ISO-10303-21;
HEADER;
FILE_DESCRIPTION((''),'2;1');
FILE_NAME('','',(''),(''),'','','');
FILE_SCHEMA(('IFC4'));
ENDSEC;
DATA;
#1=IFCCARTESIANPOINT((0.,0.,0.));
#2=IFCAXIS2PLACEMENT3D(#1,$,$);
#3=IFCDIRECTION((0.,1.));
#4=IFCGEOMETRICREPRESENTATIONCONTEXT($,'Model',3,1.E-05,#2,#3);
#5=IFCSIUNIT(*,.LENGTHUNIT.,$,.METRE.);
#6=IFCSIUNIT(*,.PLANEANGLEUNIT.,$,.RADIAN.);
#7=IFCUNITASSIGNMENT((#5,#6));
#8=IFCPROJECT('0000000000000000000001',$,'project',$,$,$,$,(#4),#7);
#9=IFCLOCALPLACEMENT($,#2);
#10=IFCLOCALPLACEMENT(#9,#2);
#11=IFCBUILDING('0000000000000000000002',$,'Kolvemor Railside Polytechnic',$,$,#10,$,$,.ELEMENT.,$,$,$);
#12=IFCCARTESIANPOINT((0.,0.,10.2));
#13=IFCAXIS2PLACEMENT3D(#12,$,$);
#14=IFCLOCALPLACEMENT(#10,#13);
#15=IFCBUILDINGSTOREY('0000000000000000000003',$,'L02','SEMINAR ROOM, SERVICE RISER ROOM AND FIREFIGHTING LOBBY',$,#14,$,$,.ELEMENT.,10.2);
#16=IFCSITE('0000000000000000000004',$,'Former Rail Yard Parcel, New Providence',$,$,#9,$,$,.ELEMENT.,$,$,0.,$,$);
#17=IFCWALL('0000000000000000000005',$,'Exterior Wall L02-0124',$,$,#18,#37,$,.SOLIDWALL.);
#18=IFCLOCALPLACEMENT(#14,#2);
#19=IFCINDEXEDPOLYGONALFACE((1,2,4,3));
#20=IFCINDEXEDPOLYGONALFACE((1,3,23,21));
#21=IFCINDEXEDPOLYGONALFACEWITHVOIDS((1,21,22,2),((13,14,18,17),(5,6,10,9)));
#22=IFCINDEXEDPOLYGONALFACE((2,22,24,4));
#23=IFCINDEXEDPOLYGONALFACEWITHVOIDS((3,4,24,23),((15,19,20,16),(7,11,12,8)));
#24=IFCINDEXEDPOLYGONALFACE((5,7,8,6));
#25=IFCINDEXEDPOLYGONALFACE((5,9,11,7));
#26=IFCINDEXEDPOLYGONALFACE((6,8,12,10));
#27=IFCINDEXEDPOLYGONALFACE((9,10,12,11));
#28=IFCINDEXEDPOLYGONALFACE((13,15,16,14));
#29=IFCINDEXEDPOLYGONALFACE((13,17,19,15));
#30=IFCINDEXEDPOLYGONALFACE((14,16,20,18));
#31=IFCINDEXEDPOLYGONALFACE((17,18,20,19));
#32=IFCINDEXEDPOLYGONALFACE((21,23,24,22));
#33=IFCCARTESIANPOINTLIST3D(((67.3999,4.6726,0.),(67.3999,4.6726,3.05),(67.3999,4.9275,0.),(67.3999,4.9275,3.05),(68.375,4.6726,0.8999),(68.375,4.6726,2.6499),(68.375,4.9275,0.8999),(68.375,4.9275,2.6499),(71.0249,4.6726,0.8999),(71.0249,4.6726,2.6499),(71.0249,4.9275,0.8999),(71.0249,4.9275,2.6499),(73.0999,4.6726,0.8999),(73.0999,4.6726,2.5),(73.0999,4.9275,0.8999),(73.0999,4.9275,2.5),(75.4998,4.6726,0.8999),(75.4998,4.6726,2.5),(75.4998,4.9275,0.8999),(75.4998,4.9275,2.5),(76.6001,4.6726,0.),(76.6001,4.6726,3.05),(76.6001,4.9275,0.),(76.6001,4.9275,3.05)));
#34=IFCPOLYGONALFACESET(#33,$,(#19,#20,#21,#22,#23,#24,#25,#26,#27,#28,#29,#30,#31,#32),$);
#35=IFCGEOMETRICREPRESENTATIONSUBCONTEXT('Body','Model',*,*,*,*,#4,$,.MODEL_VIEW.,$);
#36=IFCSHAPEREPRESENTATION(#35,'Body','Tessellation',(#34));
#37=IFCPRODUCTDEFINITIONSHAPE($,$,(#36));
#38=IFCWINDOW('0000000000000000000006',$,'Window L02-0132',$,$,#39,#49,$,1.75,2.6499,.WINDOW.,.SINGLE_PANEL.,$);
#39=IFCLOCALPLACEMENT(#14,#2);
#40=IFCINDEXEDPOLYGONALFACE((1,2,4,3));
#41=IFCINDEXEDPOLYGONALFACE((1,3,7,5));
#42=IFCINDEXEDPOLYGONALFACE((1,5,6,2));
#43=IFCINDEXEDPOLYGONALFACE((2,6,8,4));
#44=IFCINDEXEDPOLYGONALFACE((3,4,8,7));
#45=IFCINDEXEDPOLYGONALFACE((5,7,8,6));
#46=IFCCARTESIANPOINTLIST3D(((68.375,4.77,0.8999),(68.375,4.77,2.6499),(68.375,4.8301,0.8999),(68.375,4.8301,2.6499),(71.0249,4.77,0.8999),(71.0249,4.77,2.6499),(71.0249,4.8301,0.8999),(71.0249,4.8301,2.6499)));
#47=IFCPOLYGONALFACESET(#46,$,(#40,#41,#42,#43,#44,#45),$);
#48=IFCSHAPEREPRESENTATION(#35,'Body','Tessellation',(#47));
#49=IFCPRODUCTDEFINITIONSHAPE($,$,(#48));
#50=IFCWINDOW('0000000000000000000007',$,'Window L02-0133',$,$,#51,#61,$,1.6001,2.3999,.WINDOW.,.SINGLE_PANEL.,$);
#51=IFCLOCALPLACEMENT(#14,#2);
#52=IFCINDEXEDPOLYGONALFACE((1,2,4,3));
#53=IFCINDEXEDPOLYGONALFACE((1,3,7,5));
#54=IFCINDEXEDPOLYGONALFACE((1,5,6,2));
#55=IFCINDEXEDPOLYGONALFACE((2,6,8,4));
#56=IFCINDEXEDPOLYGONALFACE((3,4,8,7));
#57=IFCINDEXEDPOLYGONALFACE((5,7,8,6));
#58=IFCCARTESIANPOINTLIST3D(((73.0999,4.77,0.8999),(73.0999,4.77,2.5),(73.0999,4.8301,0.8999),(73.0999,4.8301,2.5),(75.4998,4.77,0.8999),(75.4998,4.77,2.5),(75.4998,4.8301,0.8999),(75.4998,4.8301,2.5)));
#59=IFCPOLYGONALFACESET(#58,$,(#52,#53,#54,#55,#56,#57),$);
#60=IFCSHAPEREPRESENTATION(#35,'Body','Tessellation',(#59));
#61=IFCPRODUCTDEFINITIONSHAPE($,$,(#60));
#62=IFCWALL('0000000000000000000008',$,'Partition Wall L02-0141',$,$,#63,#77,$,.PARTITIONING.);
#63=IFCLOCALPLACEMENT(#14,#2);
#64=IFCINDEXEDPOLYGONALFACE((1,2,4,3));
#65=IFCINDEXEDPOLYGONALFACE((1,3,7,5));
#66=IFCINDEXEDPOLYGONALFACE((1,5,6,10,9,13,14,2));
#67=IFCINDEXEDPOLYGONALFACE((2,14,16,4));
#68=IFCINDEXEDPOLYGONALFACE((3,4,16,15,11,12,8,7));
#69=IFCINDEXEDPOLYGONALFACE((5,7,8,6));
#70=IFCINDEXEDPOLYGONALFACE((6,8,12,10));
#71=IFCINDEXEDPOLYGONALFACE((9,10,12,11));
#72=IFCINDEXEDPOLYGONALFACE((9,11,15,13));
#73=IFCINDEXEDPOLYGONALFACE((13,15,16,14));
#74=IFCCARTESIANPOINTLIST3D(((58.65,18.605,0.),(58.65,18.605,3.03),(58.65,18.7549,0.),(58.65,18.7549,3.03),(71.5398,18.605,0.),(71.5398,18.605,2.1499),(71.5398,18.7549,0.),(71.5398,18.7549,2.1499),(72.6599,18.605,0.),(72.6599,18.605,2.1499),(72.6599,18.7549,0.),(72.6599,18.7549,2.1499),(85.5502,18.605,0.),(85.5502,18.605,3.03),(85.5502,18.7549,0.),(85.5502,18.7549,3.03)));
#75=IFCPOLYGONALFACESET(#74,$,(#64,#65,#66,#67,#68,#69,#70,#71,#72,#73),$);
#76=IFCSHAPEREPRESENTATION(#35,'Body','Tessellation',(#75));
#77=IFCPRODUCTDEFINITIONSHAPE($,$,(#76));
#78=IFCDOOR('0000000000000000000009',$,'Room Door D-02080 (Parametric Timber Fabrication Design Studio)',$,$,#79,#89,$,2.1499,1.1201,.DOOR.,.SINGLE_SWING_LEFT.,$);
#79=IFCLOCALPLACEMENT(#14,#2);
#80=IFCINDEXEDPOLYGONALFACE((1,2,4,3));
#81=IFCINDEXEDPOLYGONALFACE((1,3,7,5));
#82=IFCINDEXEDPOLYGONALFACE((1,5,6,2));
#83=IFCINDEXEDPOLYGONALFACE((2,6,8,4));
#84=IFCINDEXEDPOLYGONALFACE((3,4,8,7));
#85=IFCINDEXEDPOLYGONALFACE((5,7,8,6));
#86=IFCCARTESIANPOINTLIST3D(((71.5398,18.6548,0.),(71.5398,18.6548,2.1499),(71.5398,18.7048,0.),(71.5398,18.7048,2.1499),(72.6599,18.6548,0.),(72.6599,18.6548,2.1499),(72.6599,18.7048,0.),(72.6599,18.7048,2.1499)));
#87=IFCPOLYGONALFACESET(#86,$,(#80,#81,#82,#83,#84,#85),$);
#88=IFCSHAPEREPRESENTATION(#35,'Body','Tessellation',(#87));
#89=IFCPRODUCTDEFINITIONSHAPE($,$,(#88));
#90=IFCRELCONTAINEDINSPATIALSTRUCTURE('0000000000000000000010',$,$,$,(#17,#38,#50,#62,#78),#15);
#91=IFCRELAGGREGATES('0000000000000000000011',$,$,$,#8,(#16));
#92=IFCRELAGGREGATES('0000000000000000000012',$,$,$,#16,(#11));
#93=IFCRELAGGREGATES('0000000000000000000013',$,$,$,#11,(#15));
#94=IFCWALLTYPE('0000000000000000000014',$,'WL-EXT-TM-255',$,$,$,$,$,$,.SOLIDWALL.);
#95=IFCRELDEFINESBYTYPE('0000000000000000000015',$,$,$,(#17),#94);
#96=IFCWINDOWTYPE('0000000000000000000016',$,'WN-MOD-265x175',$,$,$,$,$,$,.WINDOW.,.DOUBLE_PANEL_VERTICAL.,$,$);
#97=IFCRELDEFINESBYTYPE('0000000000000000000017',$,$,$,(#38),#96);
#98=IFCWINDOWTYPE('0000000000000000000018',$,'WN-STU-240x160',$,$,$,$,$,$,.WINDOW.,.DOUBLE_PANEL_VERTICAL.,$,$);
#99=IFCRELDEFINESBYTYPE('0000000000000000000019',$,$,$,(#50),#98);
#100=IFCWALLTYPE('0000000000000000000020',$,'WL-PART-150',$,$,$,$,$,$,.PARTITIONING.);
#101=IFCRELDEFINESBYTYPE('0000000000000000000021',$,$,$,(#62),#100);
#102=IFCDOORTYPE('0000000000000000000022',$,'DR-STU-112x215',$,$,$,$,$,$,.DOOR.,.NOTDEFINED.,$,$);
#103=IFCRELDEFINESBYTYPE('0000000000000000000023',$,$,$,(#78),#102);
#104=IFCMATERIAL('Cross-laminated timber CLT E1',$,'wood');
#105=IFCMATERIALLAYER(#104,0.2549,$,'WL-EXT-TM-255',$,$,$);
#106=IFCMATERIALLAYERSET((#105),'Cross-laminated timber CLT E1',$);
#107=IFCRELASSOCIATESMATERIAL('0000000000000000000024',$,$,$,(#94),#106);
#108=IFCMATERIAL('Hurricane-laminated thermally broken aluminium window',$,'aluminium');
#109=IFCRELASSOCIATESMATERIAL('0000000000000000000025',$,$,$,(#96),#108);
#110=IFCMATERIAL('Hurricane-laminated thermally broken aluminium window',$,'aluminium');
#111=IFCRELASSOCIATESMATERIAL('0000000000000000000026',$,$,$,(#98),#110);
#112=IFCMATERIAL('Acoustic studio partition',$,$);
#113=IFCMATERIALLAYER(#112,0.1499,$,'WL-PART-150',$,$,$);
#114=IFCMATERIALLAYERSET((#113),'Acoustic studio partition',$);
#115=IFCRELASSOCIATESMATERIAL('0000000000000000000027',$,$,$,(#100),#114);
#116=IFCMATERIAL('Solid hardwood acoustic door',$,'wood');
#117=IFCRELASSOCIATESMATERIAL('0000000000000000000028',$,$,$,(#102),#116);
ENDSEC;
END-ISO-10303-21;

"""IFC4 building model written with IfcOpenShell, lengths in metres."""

from ifc_helpers import new_model, si_unit, direction, frame, frame_2d, origin, place, context, subcontext, project, spatial, rectangle, extrude, material, layer, layer_set, type_object, element, fill, save


model = new_model("IFC4")

# Units and contexts
model_context = context("Model", 3, precision=1e-05, world=origin(), true_north=direction((0.0, 1.0)))
body_context = subcontext(model_context, "Body", "Model", "MODEL_VIEW")
ifc_project = project(units=[si_unit("LENGTHUNIT", "METRE"), si_unit("PLANEANGLEUNIT", "RADIAN")], contexts=[model_context])

# Site, building, storey
site_placement = place(None, origin())
site = spatial("IfcSite", under=ifc_project, at=site_placement, Name="Former Rail Yard Parcel, New Providence", CompositionType="ELEMENT", RefElevation=0.0)
building_placement = place(site_placement, origin())
building = spatial("IfcBuilding", under=site, at=building_placement, Name="Kolvemor Railside Polytechnic", CompositionType="ELEMENT")
storey_placement = place(building_placement, frame((0.0, 0.0, 10.2)))
storey = spatial("IfcBuildingStorey", under=building, at=storey_placement, Name="L02", Description="SEMINAR ROOM, SERVICE RISER ROOM AND FIREFIGHTING LOBBY", CompositionType="ELEMENT", Elevation=10.2)

# Wall, openings, windows
ifc_material_1 = material(Name="Cross-laminated timber CLT E1", Category="wood")
ifc_layer_1 = layer(ifc_material_1, 0.2549, Name="WL-EXT-TM-255")
ifc_layer_set_1 = layer_set([ifc_layer_1], Name="Cross-laminated timber CLT E1")
wall_type_1 = type_object("IfcWallType", Name="WL-EXT-TM-255", PredefinedType="SOLIDWALL", material=ifc_layer_set_1)
wall_1_placement = place(storey_placement, frame((67.3999, 4.8, 0.0), z_axis=(0.0, 0.0, 1.0), x_axis=(1.0, 0.0, 0.0)))
wall_1 = element("IfcWall", 1, at=wall_1_placement, inside=storey, type_object=wall_type_1, Name="Exterior Wall L02-0124", PredefinedType="SOLIDWALL", context=body_context, shape_type="SweptSolid", body=[
    extrude(rectangle(XDim=9.2002, YDim=0.2549, at=frame_2d((4.6001, 0.0))), origin(), (0.0, 0.0, 1.0), 3.05),
])
opening_1_placement = place(wall_1_placement, frame((0.9751, 0.0, 0.8999)))
opening_1 = element("IfcOpeningElement", 2, at=opening_1_placement, cuts=wall_1, PredefinedType="OPENING", context=body_context, shape_type="SweptSolid", body=[
    extrude(rectangle(XDim=2.6499, YDim=1.75, at=frame_2d((1.325, 0.875))), frame((0.0, 0.1375, 0.0), z_axis=(0.0, -1.0, 0.0), x_axis=(1.0, 0.0, 0.0)), (0.0, 0.0, 1.0), 0.2749),
])
opening_2_placement = place(wall_1_placement, frame((5.7, 0.0, 0.8999)))
opening_2 = element("IfcOpeningElement", 3, at=opening_2_placement, cuts=wall_1, PredefinedType="OPENING", context=body_context, shape_type="SweptSolid", body=[
    extrude(rectangle(XDim=2.3999, YDim=1.6001, at=frame_2d((1.2, 0.8))), frame((0.0, 0.1375, 0.0), z_axis=(0.0, -1.0, 0.0), x_axis=(1.0, 0.0, 0.0)), (0.0, 0.0, 1.0), 0.2749),
])
ifc_material_2 = material(Name="Hurricane-laminated thermally broken aluminium window", Category="aluminium")
window_type_1 = type_object("IfcWindowType", Name="WN-MOD-265x175", PartitioningType="DOUBLE_PANEL_VERTICAL", PredefinedType="WINDOW", material=ifc_material_2)
window_1_placement = place(opening_1_placement, origin())
window_1 = element("IfcWindow", 4, at=window_1_placement, inside=storey, type_object=window_type_1, Name="Window L02-0132", OverallHeight=1.75, OverallWidth=2.6499, PartitioningType="SINGLE_PANEL", PredefinedType="WINDOW", context=body_context, shape_type="SweptSolid", body=[
    extrude(rectangle(XDim=2.6499, YDim=1.75, at=frame_2d((1.325, 0.875))), frame((0.0, 0.03, 0.0), z_axis=(0.0, -1.0, 0.0), x_axis=(1.0, 0.0, 0.0)), (0.0, 0.0, 1.0), 0.0601),
])
fill(opening_1, window_1)
ifc_material_3 = material(Name="Hurricane-laminated thermally broken aluminium window", Category="aluminium")
window_type_2 = type_object("IfcWindowType", Name="WN-STU-240x160", PartitioningType="DOUBLE_PANEL_VERTICAL", PredefinedType="WINDOW", material=ifc_material_3)
window_2_placement = place(opening_2_placement, origin())
window_2 = element("IfcWindow", 5, at=window_2_placement, inside=storey, type_object=window_type_2, Name="Window L02-0133", OverallHeight=1.6001, OverallWidth=2.3999, PartitioningType="SINGLE_PANEL", PredefinedType="WINDOW", context=body_context, shape_type="SweptSolid", body=[
    extrude(rectangle(XDim=2.3999, YDim=1.6001, at=frame_2d((1.2, 0.8))), frame((0.0, 0.03, 0.0), z_axis=(0.0, -1.0, 0.0), x_axis=(1.0, 0.0, 0.0)), (0.0, 0.0, 1.0), 0.0601),
])
fill(opening_2, window_2)

# Wall, opening, door
ifc_material_4 = material(Name="Acoustic studio partition")
ifc_layer_2 = layer(ifc_material_4, 0.1499, Name="WL-PART-150")
ifc_layer_set_2 = layer_set([ifc_layer_2], Name="Acoustic studio partition")
wall_type_2 = type_object("IfcWallType", Name="WL-PART-150", PredefinedType="PARTITIONING", material=ifc_layer_set_2)
wall_2_placement = place(storey_placement, frame((58.6499, 18.6799, 0.0), z_axis=(0.0, 0.0, 1.0), x_axis=(1.0, 0.0, 0.0)))
wall_2 = element("IfcWall", 6, at=wall_2_placement, inside=storey, type_object=wall_type_2, Name="Partition Wall L02-0141", PredefinedType="PARTITIONING", context=body_context, shape_type="SweptSolid", body=[
    extrude(rectangle(XDim=26.9001, YDim=0.1499, at=frame_2d((13.4502, 0.0))), origin(), (0.0, 0.0, 1.0), 3.03),
])
opening_3_placement = place(wall_2_placement, frame((12.8899, 0.0, 0.0)))
opening_3 = element("IfcOpeningElement", 7, at=opening_3_placement, cuts=wall_2, PredefinedType="OPENING", context=body_context, shape_type="SweptSolid", body=[
    extrude(rectangle(XDim=1.1201, YDim=2.1499, at=frame_2d((0.5601, 1.075))), frame((0.0, 0.085, 0.0), z_axis=(0.0, -1.0, 0.0), x_axis=(1.0, 0.0, 0.0)), (0.0, 0.0, 1.0), 0.1699),
])
ifc_material_5 = material(Name="Solid hardwood acoustic door", Category="wood")
door_type = type_object("IfcDoorType", Name="DR-STU-112x215", OperationType="NOTDEFINED", PredefinedType="DOOR", material=ifc_material_5)
door_placement = place(opening_3_placement, origin())
door = element("IfcDoor", 8, at=door_placement, inside=storey, type_object=door_type, Name="Room Door D-02080 (Parametric Timber Fabrication Design Studio)", OperationType="SINGLE_SWING_LEFT", OverallHeight=2.1499, OverallWidth=1.1201, PredefinedType="DOOR", context=body_context, shape_type="SweptSolid", body=[
    extrude(rectangle(XDim=1.1201, YDim=2.1499, at=frame_2d((0.5601, 1.075))), frame((0.0, 0.0249, 0.0), z_axis=(0.0, -1.0, 0.0), x_axis=(1.0, 0.0, 0.0)), (0.0, 0.0, 1.0), 0.05),
])
fill(opening_3, door)

save(model, "model.ifc")
